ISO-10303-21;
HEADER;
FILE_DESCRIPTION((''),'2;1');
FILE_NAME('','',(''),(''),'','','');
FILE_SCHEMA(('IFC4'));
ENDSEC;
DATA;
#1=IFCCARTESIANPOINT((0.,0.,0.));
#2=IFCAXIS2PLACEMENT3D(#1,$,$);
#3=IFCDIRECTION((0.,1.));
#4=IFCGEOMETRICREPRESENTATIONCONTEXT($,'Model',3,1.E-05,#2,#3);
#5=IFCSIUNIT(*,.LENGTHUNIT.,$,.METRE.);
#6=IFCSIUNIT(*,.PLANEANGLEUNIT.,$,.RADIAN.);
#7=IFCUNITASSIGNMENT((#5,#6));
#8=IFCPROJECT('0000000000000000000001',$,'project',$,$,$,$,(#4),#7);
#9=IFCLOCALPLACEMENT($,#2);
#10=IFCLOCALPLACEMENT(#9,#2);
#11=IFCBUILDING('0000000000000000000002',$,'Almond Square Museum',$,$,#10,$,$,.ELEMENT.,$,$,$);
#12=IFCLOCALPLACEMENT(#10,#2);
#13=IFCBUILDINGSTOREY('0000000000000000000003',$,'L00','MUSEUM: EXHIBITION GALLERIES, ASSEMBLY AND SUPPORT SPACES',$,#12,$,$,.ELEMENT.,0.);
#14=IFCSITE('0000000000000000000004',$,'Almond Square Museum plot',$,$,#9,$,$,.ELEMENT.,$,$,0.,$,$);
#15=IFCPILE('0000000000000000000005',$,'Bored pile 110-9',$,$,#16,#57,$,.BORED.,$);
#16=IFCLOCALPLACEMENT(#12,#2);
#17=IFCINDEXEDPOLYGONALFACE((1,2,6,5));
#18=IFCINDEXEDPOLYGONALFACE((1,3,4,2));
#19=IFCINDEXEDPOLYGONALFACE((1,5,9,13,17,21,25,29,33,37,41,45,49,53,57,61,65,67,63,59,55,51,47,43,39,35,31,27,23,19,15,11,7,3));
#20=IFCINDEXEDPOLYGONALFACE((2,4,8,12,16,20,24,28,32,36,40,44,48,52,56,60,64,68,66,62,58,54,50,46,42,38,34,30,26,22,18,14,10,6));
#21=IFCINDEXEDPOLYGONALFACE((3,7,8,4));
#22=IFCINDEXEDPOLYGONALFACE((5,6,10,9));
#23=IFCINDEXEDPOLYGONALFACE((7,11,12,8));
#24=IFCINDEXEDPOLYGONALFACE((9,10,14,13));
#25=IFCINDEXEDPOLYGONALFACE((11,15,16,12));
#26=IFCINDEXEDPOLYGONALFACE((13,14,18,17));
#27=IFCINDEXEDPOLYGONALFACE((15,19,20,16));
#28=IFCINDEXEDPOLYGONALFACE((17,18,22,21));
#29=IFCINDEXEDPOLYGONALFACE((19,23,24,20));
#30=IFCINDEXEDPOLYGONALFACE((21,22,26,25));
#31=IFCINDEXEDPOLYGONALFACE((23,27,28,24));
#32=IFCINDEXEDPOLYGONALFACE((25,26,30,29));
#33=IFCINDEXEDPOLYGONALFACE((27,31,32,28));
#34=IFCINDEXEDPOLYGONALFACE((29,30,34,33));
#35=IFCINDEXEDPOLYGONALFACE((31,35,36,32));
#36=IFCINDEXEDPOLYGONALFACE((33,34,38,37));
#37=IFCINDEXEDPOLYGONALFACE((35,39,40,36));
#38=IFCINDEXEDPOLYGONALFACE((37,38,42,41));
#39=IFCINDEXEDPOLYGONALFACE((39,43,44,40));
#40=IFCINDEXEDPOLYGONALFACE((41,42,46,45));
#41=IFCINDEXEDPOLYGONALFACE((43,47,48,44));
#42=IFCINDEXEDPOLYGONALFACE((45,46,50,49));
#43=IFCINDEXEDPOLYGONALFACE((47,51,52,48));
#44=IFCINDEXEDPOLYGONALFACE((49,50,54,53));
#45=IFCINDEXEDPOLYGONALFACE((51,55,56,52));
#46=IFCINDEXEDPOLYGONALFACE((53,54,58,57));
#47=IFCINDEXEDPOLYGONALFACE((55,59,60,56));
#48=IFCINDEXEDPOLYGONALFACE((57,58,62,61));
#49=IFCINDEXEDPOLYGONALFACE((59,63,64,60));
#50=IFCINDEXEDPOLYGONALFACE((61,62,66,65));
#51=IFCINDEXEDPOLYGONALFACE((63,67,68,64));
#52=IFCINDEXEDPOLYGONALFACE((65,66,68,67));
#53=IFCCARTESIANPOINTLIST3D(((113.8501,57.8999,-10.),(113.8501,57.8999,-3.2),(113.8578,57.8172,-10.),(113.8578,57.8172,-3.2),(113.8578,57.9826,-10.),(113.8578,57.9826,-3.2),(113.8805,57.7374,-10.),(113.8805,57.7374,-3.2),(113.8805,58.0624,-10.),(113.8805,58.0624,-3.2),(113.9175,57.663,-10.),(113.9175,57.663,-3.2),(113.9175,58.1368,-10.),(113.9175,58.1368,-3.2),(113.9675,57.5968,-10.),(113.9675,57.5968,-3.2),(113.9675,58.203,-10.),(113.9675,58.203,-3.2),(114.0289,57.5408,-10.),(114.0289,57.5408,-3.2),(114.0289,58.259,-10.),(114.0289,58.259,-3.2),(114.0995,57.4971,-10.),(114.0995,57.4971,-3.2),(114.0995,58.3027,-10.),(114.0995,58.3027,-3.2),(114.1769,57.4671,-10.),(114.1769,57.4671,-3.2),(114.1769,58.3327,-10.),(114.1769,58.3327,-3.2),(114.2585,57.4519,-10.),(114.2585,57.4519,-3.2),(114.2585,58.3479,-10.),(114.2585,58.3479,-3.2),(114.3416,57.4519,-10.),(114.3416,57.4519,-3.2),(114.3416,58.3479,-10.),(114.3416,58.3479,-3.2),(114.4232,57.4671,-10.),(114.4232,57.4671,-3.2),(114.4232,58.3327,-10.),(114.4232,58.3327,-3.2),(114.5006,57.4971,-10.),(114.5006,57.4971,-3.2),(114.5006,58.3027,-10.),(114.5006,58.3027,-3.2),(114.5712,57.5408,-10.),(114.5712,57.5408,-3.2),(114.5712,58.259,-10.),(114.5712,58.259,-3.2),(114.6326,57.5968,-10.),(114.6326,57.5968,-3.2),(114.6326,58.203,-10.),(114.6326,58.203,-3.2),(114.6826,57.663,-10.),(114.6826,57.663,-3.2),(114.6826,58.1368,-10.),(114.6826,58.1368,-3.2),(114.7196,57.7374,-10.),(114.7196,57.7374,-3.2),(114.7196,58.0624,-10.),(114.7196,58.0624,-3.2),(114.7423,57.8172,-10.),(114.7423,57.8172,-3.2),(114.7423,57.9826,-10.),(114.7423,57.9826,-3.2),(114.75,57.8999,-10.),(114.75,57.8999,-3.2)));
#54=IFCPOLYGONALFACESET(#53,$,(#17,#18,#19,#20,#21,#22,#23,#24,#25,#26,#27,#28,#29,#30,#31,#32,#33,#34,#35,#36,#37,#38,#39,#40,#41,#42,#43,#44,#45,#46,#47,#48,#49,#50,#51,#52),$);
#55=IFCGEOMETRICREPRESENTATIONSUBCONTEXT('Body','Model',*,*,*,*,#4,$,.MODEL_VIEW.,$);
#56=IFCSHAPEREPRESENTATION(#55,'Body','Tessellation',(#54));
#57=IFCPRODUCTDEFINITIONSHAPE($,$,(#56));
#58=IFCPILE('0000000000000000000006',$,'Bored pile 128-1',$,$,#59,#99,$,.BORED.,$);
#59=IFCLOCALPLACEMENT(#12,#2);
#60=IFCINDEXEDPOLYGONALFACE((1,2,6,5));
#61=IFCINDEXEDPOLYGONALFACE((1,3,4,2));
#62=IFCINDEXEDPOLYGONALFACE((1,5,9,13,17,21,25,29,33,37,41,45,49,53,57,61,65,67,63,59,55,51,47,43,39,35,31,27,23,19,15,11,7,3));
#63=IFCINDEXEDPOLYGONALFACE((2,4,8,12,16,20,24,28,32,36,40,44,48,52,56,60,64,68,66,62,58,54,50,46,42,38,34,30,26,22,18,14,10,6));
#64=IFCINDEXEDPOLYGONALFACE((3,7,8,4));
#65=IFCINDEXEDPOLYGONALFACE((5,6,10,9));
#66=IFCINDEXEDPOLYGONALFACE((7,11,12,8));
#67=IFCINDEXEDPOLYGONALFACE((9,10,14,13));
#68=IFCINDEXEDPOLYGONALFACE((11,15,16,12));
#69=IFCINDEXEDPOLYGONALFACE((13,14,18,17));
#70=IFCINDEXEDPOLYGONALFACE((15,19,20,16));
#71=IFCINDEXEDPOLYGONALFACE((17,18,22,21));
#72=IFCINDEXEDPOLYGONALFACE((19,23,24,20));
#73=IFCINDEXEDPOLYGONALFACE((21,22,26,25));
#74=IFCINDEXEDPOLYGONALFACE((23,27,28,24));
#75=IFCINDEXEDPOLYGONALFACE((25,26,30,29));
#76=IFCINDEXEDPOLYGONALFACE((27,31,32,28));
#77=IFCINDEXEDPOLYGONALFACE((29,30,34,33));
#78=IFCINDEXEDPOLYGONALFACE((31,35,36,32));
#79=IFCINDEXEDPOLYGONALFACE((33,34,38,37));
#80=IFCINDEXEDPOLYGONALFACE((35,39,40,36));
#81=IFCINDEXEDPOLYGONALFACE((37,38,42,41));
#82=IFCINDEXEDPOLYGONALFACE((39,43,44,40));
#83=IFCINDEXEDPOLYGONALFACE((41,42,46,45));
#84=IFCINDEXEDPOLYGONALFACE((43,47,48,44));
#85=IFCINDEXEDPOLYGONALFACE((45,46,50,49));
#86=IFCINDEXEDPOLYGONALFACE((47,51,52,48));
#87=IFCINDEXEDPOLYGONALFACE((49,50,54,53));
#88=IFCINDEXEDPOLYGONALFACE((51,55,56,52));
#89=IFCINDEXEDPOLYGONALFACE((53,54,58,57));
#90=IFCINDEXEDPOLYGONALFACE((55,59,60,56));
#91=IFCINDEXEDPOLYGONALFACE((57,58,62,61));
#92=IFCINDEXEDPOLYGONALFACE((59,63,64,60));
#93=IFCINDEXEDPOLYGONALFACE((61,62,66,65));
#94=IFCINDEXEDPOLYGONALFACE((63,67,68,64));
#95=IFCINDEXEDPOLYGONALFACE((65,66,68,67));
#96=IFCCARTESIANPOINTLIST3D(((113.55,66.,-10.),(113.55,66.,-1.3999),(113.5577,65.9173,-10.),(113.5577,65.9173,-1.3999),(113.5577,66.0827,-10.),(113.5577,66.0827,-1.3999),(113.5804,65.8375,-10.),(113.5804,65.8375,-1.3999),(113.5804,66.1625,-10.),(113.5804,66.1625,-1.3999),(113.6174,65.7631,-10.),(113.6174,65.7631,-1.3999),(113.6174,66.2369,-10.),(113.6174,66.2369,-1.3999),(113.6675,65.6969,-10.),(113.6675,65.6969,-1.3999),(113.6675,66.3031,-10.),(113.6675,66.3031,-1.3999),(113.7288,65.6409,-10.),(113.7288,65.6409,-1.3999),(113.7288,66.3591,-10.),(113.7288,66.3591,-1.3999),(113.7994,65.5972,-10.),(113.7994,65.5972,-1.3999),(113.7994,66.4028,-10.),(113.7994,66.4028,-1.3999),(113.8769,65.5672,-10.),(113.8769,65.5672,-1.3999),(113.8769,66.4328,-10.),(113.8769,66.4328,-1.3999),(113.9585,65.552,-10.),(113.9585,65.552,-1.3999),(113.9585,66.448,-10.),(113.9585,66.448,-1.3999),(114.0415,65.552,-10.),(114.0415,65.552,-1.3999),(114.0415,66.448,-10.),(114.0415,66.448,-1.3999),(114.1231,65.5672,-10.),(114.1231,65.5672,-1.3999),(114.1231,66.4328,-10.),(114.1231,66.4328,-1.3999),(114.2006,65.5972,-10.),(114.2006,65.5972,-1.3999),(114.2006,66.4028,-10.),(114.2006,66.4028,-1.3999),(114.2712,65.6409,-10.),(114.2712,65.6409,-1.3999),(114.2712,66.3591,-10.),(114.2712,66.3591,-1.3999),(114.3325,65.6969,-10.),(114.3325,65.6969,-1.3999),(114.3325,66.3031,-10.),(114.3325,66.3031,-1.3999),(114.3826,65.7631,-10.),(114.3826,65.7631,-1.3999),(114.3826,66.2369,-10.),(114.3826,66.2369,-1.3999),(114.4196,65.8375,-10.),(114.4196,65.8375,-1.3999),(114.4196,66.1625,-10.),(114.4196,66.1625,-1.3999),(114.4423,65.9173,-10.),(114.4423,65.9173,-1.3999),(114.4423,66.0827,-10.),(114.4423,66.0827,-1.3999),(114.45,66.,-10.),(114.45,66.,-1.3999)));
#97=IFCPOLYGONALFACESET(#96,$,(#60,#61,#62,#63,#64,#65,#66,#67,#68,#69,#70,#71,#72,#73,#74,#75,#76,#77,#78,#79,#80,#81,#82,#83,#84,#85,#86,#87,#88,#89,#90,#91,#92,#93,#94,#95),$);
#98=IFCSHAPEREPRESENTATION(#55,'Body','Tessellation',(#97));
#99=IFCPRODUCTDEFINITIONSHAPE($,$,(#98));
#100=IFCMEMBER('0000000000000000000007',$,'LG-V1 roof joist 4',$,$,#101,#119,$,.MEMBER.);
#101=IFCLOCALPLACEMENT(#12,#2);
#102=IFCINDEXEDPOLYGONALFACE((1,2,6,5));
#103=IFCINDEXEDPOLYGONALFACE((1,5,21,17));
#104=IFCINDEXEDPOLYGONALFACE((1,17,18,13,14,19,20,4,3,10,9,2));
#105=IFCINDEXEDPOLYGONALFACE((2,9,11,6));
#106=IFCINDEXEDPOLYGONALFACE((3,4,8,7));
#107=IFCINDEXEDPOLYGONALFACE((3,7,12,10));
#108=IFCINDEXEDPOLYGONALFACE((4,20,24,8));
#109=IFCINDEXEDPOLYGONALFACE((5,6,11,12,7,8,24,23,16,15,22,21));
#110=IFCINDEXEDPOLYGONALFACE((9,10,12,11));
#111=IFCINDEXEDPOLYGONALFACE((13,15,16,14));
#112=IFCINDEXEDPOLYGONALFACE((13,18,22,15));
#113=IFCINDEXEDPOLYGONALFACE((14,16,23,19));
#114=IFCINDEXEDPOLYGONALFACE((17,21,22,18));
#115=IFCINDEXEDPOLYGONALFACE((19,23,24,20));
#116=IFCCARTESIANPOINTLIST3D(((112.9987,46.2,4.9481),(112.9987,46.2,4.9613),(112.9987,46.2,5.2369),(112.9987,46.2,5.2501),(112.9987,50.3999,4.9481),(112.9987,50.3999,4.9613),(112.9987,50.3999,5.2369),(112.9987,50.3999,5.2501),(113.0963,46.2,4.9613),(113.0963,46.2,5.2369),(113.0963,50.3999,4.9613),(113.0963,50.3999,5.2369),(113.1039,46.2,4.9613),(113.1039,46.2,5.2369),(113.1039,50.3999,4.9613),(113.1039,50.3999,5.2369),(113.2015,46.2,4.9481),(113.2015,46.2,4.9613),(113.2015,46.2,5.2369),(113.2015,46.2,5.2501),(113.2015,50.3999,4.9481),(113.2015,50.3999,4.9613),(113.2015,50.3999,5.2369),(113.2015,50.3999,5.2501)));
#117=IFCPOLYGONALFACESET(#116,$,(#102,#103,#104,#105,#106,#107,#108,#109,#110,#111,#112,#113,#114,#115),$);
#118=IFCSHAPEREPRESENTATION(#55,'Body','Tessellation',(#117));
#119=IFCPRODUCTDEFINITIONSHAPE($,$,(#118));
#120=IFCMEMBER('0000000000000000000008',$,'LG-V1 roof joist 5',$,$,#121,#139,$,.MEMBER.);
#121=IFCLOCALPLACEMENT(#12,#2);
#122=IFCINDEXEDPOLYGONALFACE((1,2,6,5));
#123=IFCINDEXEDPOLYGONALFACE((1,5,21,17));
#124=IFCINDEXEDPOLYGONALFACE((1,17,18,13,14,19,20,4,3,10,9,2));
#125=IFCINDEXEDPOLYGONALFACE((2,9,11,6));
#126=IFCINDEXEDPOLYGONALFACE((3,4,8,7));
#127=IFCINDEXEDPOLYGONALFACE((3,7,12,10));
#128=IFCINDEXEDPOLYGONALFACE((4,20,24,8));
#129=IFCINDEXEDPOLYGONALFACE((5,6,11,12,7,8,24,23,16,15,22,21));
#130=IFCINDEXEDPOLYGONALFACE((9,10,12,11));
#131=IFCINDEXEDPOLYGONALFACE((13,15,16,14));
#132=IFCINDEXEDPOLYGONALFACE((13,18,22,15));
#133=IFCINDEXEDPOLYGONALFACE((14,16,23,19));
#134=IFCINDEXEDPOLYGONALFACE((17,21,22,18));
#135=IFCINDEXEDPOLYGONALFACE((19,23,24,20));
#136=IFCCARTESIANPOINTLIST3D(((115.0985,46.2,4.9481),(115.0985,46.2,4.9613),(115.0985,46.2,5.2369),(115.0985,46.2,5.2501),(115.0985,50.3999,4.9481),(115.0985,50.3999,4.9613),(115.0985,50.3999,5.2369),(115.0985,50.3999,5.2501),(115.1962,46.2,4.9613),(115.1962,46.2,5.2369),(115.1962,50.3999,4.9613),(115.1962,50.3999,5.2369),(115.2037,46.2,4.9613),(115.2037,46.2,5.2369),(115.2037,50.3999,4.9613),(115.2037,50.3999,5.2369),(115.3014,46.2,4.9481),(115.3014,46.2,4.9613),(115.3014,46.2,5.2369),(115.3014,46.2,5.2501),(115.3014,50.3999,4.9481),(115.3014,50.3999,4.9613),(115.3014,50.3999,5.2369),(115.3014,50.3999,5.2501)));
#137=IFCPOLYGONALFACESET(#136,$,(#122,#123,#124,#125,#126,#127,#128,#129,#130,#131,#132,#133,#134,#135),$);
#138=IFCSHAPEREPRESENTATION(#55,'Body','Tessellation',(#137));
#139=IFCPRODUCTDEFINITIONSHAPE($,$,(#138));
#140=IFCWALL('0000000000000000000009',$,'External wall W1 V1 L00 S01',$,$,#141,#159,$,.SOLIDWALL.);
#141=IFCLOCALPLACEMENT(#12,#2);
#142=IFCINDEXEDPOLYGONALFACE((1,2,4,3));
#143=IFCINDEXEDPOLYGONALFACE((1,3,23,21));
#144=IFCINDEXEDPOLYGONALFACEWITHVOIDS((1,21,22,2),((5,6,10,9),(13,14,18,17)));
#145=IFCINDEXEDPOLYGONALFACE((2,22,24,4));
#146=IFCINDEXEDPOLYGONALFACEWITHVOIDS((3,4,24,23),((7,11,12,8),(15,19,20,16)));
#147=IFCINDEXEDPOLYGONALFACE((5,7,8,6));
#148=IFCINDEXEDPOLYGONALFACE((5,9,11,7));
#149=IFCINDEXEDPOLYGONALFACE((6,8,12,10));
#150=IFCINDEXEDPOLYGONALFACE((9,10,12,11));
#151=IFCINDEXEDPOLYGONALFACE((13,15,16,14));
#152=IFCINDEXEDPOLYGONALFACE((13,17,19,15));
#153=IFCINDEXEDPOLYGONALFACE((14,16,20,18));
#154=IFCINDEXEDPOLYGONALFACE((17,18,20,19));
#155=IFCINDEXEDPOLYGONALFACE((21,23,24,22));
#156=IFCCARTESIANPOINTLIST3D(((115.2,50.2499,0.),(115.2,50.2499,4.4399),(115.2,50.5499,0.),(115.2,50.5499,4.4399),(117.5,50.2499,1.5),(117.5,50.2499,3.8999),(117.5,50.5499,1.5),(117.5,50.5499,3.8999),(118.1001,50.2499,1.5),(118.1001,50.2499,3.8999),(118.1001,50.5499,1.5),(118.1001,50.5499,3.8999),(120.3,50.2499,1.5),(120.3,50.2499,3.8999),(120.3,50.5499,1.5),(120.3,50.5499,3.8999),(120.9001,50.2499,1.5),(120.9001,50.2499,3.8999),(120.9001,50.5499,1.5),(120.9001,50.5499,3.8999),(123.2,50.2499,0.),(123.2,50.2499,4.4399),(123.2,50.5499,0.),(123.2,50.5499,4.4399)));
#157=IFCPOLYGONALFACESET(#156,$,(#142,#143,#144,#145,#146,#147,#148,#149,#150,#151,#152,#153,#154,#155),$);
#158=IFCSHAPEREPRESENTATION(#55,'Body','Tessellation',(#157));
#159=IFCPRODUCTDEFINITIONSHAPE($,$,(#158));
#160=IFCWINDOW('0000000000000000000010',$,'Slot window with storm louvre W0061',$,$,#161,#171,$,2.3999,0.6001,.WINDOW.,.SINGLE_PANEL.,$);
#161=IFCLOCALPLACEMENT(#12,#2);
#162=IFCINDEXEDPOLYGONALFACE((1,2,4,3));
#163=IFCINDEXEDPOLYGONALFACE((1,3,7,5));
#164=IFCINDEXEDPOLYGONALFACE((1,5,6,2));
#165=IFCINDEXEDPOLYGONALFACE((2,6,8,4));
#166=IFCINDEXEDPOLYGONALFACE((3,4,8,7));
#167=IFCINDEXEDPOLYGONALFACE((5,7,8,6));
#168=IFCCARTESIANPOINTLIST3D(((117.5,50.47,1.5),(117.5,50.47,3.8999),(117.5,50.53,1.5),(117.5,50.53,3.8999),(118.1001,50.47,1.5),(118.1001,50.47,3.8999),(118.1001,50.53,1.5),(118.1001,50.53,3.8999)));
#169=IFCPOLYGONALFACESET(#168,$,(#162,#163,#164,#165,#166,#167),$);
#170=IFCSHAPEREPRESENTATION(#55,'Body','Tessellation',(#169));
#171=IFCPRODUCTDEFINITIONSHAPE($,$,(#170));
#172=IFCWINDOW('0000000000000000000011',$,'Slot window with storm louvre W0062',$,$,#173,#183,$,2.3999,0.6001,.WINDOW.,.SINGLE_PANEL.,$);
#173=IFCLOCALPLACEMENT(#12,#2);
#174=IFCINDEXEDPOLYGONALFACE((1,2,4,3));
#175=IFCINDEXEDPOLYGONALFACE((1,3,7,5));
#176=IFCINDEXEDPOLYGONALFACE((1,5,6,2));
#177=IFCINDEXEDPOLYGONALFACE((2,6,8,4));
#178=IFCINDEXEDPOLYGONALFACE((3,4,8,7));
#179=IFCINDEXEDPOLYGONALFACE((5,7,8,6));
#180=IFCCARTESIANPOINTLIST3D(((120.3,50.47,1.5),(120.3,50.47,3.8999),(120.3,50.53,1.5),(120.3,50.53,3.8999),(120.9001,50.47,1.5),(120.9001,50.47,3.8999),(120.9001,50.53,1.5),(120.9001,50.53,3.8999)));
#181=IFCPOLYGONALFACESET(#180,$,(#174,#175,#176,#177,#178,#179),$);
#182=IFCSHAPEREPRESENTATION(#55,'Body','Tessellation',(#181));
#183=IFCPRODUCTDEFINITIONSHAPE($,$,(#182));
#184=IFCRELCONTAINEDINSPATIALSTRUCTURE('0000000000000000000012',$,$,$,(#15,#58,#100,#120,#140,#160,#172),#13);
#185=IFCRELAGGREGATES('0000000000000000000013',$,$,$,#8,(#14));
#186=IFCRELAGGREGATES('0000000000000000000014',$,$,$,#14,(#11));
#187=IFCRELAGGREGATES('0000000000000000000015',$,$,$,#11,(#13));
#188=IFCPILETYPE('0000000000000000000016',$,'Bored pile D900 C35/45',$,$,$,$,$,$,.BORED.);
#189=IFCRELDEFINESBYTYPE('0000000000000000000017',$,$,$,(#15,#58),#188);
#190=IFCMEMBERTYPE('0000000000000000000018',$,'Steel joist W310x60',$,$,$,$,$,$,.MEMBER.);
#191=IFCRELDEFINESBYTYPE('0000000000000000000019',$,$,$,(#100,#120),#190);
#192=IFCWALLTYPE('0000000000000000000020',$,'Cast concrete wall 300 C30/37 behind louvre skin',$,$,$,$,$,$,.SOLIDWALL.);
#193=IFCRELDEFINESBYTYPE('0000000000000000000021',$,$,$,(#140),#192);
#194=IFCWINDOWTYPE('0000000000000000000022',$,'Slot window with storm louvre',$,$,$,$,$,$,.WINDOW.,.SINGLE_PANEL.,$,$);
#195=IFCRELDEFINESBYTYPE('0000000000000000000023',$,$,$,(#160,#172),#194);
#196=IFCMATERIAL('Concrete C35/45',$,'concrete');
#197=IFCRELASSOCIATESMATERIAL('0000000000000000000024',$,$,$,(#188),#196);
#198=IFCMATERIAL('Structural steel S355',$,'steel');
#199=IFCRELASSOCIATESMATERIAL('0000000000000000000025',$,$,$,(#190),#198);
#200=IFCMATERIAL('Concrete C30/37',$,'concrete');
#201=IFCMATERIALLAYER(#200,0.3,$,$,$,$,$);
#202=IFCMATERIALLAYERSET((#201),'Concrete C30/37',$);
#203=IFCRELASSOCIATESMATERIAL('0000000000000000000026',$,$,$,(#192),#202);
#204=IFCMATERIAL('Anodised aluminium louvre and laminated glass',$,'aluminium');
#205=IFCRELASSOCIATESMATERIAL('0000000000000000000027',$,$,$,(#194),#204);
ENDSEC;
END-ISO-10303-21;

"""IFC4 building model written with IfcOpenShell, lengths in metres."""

from ifc_helpers import new_model, si_unit, direction, frame, frame_2d, origin, origin_2d, place, context, subcontext, project, spatial, rectangle, circle, i_section, extrude, material, layer, layer_set, material_profile, profile_set, type_object, element, fill, save


model = new_model("IFC4")

# Units and contexts
model_context = context("Model", 3, precision=1e-05, world=origin(), true_north=direction((0.0, 1.0)))
body_context = subcontext(model_context, "Body", "Model", "MODEL_VIEW")
ifc_project = project(units=[si_unit("LENGTHUNIT", "METRE"), si_unit("PLANEANGLEUNIT", "RADIAN")], contexts=[model_context])

# Site, building, storey
site_placement = place(None, origin())
site = spatial("IfcSite", under=ifc_project, at=site_placement, Name="Almond Square Museum plot", CompositionType="ELEMENT", RefElevation=0.0)
building_placement = place(site_placement, origin())
building = spatial("IfcBuilding", under=site, at=building_placement, Name="Almond Square Museum", CompositionType="ELEMENT")
storey_placement = place(building_placement, origin())
storey = spatial("IfcBuildingStorey", under=building, at=storey_placement, Name="L00", Description="MUSEUM: EXHIBITION GALLERIES, ASSEMBLY AND SUPPORT SPACES", CompositionType="ELEMENT", Elevation=0.0)

# Piles
ifc_material_1 = material(Name="Concrete C35/45", Category="concrete")
ifc_material_profile_1 = material_profile(ifc_material_1, circle(Radius=0.45, at=origin_2d()))
ifc_profile_set_1 = profile_set([ifc_material_profile_1], Name="Concrete C35/45")
pile_type = type_object("IfcPileType", Name="Bored pile D900 C35/45", PredefinedType="BORED", material=ifc_profile_set_1)
for number, where, z_axis, x_axis, name in (
    (1, (114.3, 57.8999, -3.2), (0.0, 0.0, -1.0), (1.0, 0.0, 0.0), "Bored pile 110-9"),
):
    element("IfcPile", number, at=place(storey_placement, frame(where, z_axis=z_axis, x_axis=x_axis)), inside=storey, type_object=pile_type, Name=name, PredefinedType="BORED", context=body_context, shape_type="SweptSolid", body=[
        extrude(circle(Radius=0.45, at=origin_2d()), origin(), (0.0, 0.0, 1.0), 6.8),
    ])
pile_placement = place(storey_placement, frame((114.0, 66.0, -1.3999), z_axis=(0.0, 0.0, -1.0), x_axis=(1.0, 0.0, 0.0)))
element("IfcPile", 2, at=pile_placement, inside=storey, type_object=pile_type, Name="Bored pile 128-1", PredefinedType="BORED", context=body_context, shape_type="SweptSolid", body=[
    extrude(circle(Radius=0.45, at=origin_2d()), origin(), (0.0, 0.0, 1.0), 8.6001),
])

# Members
ifc_material_2 = material(Name="Structural steel S355", Category="steel")
ifc_material_profile_2 = material_profile(ifc_material_2, i_section(OverallWidth=0.2029, OverallDepth=0.302, WebThickness=0.0076, FlangeThickness=0.0132, at=origin_2d()))
ifc_profile_set_2 = profile_set([ifc_material_profile_2], Name="Structural steel S355")
member_type = type_object("IfcMemberType", Name="Steel joist W310x60", PredefinedType="MEMBER", material=ifc_profile_set_2)
for number, where, z_axis, x_axis, name in (
    (3, (113.1001, 50.3999, 5.0991), (0.0, -1.0, 0.0), (1.0, 0.0, 0.0), "LG-V1 roof joist 4"),
    (4, (115.2, 50.3999, 5.0991), (0.0, -1.0, 0.0), (1.0, 0.0, 0.0), "LG-V1 roof joist 5"),
):
    element("IfcMember", number, at=place(storey_placement, frame(where, z_axis=z_axis, x_axis=x_axis)), inside=storey, type_object=member_type, Name=name, PredefinedType="MEMBER", context=body_context, shape_type="SweptSolid", body=[
        extrude(i_section(OverallWidth=0.2029, OverallDepth=0.302, WebThickness=0.0076, FlangeThickness=0.0132, at=origin_2d()), origin(), (0.0, 0.0, 1.0), 4.2),
    ])

# Wall, openings, windows
ifc_material_3 = material(Name="Concrete C30/37", Category="concrete")
ifc_layer_1 = layer(ifc_material_3, 0.3)
ifc_layer_set_1 = layer_set([ifc_layer_1], Name="Concrete C30/37")
wall_type_1 = type_object("IfcWallType", Name="Cast concrete wall 300 C30/37 behind louvre skin", PredefinedType="SOLIDWALL", material=ifc_layer_set_1)
wall_1_placement = place(storey_placement, frame((115.2, 50.3999, 0.0), z_axis=(0.0, 0.0, 1.0), x_axis=(1.0, 0.0, 0.0)))
wall_1 = element("IfcWall", 5, at=wall_1_placement, inside=storey, type_object=wall_type_1, Name="External wall W1 V1 L00 S01", PredefinedType="SOLIDWALL", context=body_context, shape_type="SweptSolid", body=[
    extrude(rectangle(XDim=8.0, YDim=0.3, at=frame_2d((4.0, 0.0))), origin(), (0.0, 0.0, 1.0), 4.4399),
])
opening_1_placement = place(wall_1_placement, frame((2.3, 0.0, 1.5)))
opening_1 = element("IfcOpeningElement", 6, at=opening_1_placement, cuts=wall_1, PredefinedType="OPENING", context=body_context, shape_type="SweptSolid", body=[
    extrude(rectangle(XDim=0.6001, YDim=2.3999, at=frame_2d((0.3, 1.2))), frame((0.0, 0.1599, 0.0), z_axis=(0.0, -1.0, 0.0), x_axis=(1.0, 0.0, 0.0)), (0.0, 0.0, 1.0), 0.3201),
])
opening_2_placement = place(wall_1_placement, frame((5.1001, 0.0, 1.5)))
opening_2 = element("IfcOpeningElement", 7, at=opening_2_placement, cuts=wall_1, PredefinedType="OPENING", context=body_context, shape_type="SweptSolid", body=[
    extrude(rectangle(XDim=0.6001, YDim=2.3999, at=frame_2d((0.3, 1.2))), frame((0.0, 0.1599, 0.0), z_axis=(0.0, -1.0, 0.0), x_axis=(1.0, 0.0, 0.0)), (0.0, 0.0, 1.0), 0.3201),
])
ifc_material_4 = material(Name="Anodised aluminium louvre and laminated glass", Category="aluminium")
window_type = type_object("IfcWindowType", Name="Slot window with storm louvre", PartitioningType="SINGLE_PANEL", PredefinedType="WINDOW", material=ifc_material_4)
window_1_placement = place(opening_1_placement, origin())
window_1 = element("IfcWindow", 8, at=window_1_placement, inside=storey, type_object=window_type, Name="Slot window with storm louvre W0061", OverallHeight=2.3999, OverallWidth=0.6001, PartitioningType="SINGLE_PANEL", PredefinedType="WINDOW", context=body_context, shape_type="SweptSolid", body=[
    extrude(rectangle(XDim=0.6001, YDim=2.3999, at=frame_2d((0.3, 1.2))), frame((0.0, 0.1301, 0.0), z_axis=(0.0, -1.0, 0.0), x_axis=(1.0, 0.0, 0.0)), (0.0, 0.0, 1.0), 0.0601),
])
fill(opening_1, window_1)
window_2_placement = place(opening_2_placement, origin())
window_2 = element("IfcWindow", 9, at=window_2_placement, inside=storey, type_object=window_type, Name="Slot window with storm louvre W0062", OverallHeight=2.3999, OverallWidth=0.6001, PartitioningType="SINGLE_PANEL", PredefinedType="WINDOW", context=body_context, shape_type="SweptSolid", body=[
    extrude(rectangle(XDim=0.6001, YDim=2.3999, at=frame_2d((0.3, 1.2))), frame((0.0, 0.1301, 0.0), z_axis=(0.0, -1.0, 0.0), x_axis=(1.0, 0.0, 0.0)), (0.0, 0.0, 1.0), 0.0601),
])
fill(opening_2, window_2)

save(model, "model.ifc")
